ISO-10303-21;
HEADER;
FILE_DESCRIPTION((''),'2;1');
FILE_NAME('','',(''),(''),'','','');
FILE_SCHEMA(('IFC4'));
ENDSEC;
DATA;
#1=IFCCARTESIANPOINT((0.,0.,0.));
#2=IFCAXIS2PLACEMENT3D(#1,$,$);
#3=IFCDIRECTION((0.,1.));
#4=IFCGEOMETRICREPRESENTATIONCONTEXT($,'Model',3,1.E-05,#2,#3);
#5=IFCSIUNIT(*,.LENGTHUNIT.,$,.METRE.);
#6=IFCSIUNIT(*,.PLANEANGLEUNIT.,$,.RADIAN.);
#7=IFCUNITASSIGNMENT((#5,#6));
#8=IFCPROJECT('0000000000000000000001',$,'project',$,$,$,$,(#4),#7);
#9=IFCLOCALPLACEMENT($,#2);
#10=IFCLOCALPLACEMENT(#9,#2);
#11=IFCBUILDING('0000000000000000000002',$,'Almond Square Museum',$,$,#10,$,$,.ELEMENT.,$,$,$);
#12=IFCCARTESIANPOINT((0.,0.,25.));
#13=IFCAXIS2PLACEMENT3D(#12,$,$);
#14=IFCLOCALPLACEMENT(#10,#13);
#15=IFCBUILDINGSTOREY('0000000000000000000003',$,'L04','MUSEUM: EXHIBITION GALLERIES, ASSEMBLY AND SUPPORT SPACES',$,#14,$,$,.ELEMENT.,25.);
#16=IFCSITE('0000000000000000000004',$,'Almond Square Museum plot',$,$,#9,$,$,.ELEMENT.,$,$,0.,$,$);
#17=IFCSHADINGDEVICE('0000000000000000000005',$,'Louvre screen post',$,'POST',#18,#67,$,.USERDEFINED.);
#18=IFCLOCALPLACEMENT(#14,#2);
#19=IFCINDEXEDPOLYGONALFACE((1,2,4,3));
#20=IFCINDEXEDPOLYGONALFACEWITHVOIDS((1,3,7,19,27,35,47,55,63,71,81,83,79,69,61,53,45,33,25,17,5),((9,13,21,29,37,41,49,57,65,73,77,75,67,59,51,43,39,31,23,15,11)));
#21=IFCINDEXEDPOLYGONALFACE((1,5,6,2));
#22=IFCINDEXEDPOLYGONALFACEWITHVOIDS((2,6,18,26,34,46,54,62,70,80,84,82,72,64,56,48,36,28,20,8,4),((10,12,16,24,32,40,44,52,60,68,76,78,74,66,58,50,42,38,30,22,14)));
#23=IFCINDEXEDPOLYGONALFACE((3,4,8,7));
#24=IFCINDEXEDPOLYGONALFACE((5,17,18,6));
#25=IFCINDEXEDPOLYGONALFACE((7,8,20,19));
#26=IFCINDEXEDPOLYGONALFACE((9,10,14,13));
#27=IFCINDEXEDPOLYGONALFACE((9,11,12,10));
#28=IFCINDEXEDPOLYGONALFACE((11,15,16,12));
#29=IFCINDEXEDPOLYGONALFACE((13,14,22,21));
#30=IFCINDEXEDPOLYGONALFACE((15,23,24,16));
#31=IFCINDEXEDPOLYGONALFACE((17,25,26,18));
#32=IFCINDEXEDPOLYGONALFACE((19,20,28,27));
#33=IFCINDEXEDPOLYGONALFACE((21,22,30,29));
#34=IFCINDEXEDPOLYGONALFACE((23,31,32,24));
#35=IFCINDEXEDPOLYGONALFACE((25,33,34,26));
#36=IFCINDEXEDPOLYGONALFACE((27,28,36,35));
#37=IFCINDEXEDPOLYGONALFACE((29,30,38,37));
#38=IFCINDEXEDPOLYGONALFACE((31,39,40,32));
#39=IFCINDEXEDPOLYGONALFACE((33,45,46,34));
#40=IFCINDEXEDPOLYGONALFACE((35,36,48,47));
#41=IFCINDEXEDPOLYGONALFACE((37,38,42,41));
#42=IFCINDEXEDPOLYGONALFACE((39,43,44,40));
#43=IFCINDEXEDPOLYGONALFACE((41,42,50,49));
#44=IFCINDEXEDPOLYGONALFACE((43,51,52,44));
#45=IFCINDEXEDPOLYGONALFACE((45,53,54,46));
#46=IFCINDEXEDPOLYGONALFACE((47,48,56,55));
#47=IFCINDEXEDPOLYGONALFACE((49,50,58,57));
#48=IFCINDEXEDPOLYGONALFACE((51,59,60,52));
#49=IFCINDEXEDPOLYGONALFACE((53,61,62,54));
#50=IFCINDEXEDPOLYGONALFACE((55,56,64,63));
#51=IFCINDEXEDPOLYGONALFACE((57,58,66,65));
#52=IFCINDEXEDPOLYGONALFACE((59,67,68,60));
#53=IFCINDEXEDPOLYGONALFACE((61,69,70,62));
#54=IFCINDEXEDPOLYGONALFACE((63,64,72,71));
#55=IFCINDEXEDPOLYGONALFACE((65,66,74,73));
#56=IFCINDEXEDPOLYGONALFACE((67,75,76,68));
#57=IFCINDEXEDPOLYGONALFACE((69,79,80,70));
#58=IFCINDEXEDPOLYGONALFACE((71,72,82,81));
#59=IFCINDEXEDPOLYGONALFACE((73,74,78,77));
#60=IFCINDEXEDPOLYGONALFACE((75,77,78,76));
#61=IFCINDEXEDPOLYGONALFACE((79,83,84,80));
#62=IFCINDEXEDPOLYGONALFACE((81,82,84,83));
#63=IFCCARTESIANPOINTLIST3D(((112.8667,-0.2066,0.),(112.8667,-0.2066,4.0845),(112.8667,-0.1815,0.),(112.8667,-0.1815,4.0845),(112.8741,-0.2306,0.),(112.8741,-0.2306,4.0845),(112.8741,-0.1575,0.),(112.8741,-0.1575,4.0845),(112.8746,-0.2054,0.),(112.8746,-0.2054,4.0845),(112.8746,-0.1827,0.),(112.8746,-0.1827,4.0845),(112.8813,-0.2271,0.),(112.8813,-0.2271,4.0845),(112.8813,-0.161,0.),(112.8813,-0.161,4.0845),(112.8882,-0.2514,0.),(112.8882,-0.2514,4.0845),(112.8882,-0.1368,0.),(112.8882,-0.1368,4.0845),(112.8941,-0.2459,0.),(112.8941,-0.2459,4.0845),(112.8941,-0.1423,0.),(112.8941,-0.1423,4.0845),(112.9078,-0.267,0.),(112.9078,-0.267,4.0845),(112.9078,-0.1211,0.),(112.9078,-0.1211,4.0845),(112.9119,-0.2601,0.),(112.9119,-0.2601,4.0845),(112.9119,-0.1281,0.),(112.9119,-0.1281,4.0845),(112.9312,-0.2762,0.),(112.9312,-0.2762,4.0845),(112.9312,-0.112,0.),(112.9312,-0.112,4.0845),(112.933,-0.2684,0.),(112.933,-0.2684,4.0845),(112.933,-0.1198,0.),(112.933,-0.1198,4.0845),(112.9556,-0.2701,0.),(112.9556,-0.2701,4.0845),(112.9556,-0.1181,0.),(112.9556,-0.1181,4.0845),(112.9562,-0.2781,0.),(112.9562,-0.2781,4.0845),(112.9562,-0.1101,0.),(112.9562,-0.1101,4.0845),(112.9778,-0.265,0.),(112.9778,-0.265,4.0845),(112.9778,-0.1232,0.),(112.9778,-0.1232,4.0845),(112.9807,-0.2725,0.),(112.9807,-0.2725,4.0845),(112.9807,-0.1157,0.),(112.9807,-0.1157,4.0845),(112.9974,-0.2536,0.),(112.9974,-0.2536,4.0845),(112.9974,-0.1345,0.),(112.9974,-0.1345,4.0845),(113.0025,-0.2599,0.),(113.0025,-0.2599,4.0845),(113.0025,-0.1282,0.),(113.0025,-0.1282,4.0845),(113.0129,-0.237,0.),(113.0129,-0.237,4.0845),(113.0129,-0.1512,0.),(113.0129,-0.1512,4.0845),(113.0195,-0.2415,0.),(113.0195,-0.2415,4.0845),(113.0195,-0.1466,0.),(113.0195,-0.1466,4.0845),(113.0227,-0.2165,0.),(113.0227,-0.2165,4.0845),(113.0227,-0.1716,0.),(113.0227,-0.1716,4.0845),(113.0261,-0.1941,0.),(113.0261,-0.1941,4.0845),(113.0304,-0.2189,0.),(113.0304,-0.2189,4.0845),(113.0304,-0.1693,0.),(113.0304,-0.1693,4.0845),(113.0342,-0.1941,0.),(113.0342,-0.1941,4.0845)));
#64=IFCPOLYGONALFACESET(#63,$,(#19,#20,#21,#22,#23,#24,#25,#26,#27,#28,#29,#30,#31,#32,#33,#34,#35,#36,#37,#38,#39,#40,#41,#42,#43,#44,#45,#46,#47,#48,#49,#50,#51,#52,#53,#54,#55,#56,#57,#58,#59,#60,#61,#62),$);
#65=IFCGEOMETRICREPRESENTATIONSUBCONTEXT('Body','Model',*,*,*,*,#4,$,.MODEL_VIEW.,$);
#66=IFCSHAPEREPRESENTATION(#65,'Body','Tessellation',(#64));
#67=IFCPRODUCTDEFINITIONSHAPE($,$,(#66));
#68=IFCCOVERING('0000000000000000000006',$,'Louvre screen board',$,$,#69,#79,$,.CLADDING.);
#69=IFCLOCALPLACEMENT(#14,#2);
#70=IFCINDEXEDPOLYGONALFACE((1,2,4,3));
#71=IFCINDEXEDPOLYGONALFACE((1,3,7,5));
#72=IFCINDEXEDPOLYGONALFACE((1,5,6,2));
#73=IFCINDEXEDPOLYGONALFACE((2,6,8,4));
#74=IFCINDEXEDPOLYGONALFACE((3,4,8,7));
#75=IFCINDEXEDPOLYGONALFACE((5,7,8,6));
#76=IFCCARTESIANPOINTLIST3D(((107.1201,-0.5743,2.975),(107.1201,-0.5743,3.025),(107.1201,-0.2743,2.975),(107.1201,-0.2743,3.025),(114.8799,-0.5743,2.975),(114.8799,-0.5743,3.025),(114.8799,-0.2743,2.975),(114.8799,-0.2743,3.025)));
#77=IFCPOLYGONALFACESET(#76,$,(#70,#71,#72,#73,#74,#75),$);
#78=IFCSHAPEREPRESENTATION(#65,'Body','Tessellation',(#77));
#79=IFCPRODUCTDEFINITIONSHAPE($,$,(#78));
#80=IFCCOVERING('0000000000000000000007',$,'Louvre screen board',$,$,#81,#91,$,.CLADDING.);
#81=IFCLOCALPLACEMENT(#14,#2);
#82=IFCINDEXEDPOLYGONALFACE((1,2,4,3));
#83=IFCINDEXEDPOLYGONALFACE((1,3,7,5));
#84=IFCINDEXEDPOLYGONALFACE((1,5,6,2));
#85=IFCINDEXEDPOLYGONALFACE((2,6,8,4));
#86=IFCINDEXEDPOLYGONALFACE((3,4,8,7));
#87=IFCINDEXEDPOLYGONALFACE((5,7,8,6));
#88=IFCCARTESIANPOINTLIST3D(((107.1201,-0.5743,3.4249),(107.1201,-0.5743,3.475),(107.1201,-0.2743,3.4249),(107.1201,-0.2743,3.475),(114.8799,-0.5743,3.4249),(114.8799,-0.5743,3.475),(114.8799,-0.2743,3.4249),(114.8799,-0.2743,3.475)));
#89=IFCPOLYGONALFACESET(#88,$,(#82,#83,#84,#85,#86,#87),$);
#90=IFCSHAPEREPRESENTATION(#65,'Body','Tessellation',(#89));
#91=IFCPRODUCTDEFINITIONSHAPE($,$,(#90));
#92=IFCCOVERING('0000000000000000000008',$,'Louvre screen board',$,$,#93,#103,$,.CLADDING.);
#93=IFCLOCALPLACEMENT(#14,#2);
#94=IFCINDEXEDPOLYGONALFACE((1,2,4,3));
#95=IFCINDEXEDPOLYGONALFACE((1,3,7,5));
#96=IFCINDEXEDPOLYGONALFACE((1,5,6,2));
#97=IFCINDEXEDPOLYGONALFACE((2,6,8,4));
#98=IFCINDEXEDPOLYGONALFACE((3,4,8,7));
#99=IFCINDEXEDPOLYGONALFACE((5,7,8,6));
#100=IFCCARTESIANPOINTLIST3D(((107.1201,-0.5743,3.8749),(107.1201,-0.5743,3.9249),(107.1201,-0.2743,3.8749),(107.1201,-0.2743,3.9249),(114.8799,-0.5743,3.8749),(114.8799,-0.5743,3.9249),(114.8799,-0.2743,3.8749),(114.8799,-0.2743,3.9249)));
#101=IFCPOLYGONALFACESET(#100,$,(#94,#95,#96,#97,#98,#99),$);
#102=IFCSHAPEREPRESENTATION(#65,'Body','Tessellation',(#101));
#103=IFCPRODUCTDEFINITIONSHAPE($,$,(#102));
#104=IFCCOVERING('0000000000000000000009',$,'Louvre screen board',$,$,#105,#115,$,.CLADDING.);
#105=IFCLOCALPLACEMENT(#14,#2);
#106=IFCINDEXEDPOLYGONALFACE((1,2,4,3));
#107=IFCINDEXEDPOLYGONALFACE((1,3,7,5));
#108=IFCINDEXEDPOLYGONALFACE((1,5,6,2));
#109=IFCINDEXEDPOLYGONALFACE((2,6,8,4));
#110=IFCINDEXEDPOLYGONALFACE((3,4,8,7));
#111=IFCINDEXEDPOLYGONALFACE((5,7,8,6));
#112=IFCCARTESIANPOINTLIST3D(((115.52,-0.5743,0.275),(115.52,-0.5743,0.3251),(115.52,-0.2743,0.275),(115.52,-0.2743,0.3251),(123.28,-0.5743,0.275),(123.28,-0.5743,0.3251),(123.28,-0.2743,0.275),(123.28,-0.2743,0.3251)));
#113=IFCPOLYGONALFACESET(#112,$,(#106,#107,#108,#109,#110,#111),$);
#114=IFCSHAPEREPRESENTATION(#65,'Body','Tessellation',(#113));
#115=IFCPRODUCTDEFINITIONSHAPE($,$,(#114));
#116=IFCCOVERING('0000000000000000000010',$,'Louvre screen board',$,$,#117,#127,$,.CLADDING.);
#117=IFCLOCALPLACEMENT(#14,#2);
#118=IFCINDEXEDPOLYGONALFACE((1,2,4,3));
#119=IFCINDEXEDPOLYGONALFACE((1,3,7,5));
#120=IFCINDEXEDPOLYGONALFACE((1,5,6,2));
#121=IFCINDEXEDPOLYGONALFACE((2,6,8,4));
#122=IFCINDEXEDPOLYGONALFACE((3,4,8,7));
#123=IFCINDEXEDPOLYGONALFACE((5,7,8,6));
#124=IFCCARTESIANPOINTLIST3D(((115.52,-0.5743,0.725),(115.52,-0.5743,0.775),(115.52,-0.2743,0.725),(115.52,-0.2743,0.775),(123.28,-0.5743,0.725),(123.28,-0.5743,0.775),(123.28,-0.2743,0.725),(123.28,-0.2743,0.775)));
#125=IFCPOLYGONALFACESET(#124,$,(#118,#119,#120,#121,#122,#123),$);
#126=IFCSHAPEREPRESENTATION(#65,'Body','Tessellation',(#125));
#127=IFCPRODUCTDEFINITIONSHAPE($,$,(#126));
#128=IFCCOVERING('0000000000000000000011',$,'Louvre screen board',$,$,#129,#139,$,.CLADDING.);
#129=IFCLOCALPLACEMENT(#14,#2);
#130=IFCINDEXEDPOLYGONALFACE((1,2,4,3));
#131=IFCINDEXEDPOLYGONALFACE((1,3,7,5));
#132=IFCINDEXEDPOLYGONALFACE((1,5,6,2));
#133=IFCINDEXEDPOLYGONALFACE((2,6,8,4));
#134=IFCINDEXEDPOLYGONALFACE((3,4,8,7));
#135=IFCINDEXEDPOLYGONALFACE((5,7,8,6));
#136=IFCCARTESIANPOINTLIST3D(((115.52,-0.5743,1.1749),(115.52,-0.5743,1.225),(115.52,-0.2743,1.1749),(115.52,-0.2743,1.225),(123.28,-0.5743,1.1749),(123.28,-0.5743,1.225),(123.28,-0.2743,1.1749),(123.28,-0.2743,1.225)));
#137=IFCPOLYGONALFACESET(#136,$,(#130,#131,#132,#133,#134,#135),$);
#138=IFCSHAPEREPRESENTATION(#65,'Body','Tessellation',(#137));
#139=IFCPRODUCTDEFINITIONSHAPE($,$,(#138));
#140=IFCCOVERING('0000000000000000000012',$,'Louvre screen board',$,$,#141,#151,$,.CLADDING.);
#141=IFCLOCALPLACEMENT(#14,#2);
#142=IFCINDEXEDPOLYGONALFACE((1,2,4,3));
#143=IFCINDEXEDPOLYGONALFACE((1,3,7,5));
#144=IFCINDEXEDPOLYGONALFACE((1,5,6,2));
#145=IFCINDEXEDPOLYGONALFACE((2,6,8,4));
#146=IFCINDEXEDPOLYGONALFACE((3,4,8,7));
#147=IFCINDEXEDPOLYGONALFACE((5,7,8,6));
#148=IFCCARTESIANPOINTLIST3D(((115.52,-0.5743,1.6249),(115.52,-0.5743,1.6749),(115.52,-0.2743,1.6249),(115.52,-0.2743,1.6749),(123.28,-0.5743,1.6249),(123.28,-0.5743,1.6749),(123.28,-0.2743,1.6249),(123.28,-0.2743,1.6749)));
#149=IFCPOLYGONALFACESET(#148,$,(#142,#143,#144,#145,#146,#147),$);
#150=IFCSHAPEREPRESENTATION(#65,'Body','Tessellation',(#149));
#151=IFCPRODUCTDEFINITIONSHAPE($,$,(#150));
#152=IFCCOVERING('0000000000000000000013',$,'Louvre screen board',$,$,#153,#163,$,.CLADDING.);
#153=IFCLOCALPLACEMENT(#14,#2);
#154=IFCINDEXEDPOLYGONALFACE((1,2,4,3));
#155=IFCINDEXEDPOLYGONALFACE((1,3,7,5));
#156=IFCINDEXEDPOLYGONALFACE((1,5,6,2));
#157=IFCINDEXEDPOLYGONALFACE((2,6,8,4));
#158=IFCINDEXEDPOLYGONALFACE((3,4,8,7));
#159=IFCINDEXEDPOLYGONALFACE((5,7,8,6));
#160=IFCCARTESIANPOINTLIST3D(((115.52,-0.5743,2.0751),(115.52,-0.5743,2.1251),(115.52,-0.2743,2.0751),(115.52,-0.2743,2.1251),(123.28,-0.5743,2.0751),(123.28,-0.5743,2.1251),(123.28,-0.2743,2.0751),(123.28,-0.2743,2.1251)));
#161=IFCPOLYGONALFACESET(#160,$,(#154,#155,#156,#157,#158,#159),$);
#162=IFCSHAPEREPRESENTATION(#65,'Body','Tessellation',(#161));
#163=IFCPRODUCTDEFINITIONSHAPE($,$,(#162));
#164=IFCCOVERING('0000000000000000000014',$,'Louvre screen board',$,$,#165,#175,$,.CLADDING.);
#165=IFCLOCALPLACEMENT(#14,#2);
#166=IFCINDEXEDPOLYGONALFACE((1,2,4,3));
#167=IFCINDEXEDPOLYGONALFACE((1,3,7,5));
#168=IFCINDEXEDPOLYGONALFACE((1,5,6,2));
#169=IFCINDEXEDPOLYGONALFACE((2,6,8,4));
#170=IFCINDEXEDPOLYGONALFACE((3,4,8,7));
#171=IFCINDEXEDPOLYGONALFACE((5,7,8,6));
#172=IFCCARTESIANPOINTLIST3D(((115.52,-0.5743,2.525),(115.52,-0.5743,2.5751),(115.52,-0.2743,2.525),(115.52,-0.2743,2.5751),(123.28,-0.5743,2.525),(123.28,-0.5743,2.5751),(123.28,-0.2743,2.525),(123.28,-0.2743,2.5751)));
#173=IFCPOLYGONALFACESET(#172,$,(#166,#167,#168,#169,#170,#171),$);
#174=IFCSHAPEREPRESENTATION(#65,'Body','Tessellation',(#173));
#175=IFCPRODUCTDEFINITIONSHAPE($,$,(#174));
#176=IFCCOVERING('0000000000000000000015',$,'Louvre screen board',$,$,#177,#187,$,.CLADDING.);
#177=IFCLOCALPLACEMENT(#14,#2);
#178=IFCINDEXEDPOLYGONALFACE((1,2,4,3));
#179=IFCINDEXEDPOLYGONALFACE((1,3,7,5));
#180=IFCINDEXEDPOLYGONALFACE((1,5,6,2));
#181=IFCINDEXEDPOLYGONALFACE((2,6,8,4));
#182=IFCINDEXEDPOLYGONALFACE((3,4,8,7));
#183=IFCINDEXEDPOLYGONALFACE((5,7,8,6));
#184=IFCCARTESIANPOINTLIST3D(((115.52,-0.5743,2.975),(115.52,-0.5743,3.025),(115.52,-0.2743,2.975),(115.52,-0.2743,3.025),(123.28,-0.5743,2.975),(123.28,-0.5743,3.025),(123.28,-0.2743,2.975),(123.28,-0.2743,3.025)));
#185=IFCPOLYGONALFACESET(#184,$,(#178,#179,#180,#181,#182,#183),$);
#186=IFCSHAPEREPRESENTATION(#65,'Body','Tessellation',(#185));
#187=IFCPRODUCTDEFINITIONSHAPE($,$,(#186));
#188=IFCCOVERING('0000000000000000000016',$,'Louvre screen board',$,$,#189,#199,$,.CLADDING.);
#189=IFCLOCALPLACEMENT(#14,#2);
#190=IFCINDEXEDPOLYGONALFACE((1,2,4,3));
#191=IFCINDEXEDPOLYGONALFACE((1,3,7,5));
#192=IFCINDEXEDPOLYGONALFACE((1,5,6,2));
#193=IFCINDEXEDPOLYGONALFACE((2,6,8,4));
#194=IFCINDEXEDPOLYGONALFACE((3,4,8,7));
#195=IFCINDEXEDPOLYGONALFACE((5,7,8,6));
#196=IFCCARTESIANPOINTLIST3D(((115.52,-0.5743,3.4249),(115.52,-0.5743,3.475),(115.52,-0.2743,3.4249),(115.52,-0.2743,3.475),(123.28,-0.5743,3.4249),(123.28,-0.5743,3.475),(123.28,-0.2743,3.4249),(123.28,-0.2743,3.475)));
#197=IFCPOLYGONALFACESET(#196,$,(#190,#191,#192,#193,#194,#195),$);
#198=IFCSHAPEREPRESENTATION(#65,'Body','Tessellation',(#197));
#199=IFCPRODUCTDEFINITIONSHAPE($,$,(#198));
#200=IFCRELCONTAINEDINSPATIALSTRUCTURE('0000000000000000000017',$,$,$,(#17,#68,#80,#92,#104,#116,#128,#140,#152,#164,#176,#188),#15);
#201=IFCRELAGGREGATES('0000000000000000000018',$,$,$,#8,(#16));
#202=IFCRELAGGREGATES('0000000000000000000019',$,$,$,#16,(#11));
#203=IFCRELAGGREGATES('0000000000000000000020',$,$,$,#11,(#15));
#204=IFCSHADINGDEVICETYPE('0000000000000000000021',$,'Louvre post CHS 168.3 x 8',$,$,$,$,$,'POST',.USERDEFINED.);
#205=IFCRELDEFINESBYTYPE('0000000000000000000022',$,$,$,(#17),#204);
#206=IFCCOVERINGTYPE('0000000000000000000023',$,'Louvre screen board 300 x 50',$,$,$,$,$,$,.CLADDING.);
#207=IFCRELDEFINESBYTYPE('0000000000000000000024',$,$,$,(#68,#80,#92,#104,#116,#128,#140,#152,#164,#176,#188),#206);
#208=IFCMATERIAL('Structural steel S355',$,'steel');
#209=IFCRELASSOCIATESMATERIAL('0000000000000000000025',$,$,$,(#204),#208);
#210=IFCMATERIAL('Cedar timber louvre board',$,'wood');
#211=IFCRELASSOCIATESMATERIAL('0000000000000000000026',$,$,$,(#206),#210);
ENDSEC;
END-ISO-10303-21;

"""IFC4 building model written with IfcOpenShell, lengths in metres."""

from ifc_helpers import new_model, si_unit, direction, frame, origin, origin_2d, place, context, subcontext, project, spatial, rectangle, hollow_circle, extrude, material, material_profile, profile_set, type_object, element, save


model = new_model("IFC4")

# Units and contexts
model_context = context("Model", 3, precision=1e-05, world=origin(), true_north=direction((0.0, 1.0)))
body_context = subcontext(model_context, "Body", "Model", "MODEL_VIEW")
ifc_project = project(units=[si_unit("LENGTHUNIT", "METRE"), si_unit("PLANEANGLEUNIT", "RADIAN")], contexts=[model_context])

# Site, building, storey
site_placement = place(None, origin())
site = spatial("IfcSite", under=ifc_project, at=site_placement, Name="Almond Square Museum plot", CompositionType="ELEMENT", RefElevation=0.0)
building_placement = place(site_placement, origin())
building = spatial("IfcBuilding", under=site, at=building_placement, Name="Almond Square Museum", CompositionType="ELEMENT")
storey_placement = place(building_placement, frame((0.0, 0.0, 25.0)))
storey = spatial("IfcBuildingStorey", under=building, at=storey_placement, Name="L04", Description="MUSEUM: EXHIBITION GALLERIES, ASSEMBLY AND SUPPORT SPACES", CompositionType="ELEMENT", Elevation=25.0)

# Shading device
ifc_material_1 = material(Name="Structural steel S355", Category="steel")
ifc_material_profile_1 = material_profile(ifc_material_1, hollow_circle(Radius=0.0842, WallThickness=0.0081, at=origin_2d()))
ifc_profile_set_1 = profile_set([ifc_material_profile_1], Name="Structural steel S355")
shading_device_type = type_object("IfcShadingDeviceType", Name="Louvre post CHS 168.3 x 8", ElementType="POST", PredefinedType="USERDEFINED", material=ifc_profile_set_1)
for number, where, z_axis, x_axis, name in (
    (1, (112.95, -0.1941, 0.0), (0.0, 0.0, 1.0), (1.0, 0.0, 0.0), "Louvre screen post"),
):
    element("IfcShadingDevice", number, at=place(storey_placement, frame(where, z_axis=z_axis, x_axis=x_axis)), inside=storey, type_object=shading_device_type, Name=name, ObjectType="POST", PredefinedType="USERDEFINED", context=body_context, shape_type="SweptSolid", body=[
        extrude(hollow_circle(Radius=0.0842, WallThickness=0.0081, at=origin_2d()), origin(), (0.0, 0.0, 1.0), 4.0845),
    ])

# Coverings
ifc_material_2 = material(Name="Cedar timber louvre board", Category="wood")
ifc_material_profile_2 = material_profile(ifc_material_2, rectangle(XDim=0.3, YDim=0.05, at=origin_2d()))
ifc_profile_set_2 = profile_set([ifc_material_profile_2], Name="Cedar timber louvre board")
covering_type = type_object("IfcCoveringType", Name="Louvre screen board 300 x 50", PredefinedType="CLADDING", material=ifc_profile_set_2)
for number, where, z_axis, x_axis, name in (
    (2, (107.1201, -0.4243, 3.0), (1.0, 0.0, 0.0), (0.0, 1.0, 0.0), "Louvre screen board"),
    (3, (107.1201, -0.4243, 3.45), (1.0, 0.0, 0.0), (0.0, 1.0, 0.0), "Louvre screen board"),
    (4, (107.1201, -0.4243, 3.8999), (1.0, 0.0, 0.0), (0.0, 1.0, 0.0), "Louvre screen board"),
):
    element("IfcCovering", number, at=place(storey_placement, frame(where, z_axis=z_axis, x_axis=x_axis)), inside=storey, type_object=covering_type, Name=name, PredefinedType="CLADDING", context=body_context, shape_type="SweptSolid", body=[
        extrude(rectangle(XDim=0.3, YDim=0.05, at=origin_2d()), origin(), (0.0, 0.0, 1.0), 7.7598),
    ])
for number, where, z_axis, x_axis, name in (
    (5, (115.52, -0.4243, 0.3), (1.0, 0.0, 0.0), (0.0, 1.0, 0.0), "Louvre screen board"),
    (6, (115.52, -0.4243, 0.75), (1.0, 0.0, 0.0), (0.0, 1.0, 0.0), "Louvre screen board"),
    (7, (115.52, -0.4243, 1.2), (1.0, 0.0, 0.0), (0.0, 1.0, 0.0), "Louvre screen board"),
    (8, (115.52, -0.4243, 1.6499), (1.0, 0.0, 0.0), (0.0, 1.0, 0.0), "Louvre screen board"),
    (9, (115.52, -0.4243, 2.1001), (1.0, 0.0, 0.0), (0.0, 1.0, 0.0), "Louvre screen board"),
    (10, (115.52, -0.4243, 2.55), (1.0, 0.0, 0.0), (0.0, 1.0, 0.0), "Louvre screen board"),
    (11, (115.52, -0.4243, 3.0), (1.0, 0.0, 0.0), (0.0, 1.0, 0.0), "Louvre screen board"),
    (12, (115.52, -0.4243, 3.45), (1.0, 0.0, 0.0), (0.0, 1.0, 0.0), "Louvre screen board"),
):
    element("IfcCovering", number, at=place(storey_placement, frame(where, z_axis=z_axis, x_axis=x_axis)), inside=storey, type_object=covering_type, Name=name, PredefinedType="CLADDING", context=body_context, shape_type="SweptSolid", body=[
        extrude(rectangle(XDim=0.3, YDim=0.05, at=origin_2d()), origin(), (0.0, 0.0, 1.0), 7.76),
    ])

save(model, "model.ifc")
